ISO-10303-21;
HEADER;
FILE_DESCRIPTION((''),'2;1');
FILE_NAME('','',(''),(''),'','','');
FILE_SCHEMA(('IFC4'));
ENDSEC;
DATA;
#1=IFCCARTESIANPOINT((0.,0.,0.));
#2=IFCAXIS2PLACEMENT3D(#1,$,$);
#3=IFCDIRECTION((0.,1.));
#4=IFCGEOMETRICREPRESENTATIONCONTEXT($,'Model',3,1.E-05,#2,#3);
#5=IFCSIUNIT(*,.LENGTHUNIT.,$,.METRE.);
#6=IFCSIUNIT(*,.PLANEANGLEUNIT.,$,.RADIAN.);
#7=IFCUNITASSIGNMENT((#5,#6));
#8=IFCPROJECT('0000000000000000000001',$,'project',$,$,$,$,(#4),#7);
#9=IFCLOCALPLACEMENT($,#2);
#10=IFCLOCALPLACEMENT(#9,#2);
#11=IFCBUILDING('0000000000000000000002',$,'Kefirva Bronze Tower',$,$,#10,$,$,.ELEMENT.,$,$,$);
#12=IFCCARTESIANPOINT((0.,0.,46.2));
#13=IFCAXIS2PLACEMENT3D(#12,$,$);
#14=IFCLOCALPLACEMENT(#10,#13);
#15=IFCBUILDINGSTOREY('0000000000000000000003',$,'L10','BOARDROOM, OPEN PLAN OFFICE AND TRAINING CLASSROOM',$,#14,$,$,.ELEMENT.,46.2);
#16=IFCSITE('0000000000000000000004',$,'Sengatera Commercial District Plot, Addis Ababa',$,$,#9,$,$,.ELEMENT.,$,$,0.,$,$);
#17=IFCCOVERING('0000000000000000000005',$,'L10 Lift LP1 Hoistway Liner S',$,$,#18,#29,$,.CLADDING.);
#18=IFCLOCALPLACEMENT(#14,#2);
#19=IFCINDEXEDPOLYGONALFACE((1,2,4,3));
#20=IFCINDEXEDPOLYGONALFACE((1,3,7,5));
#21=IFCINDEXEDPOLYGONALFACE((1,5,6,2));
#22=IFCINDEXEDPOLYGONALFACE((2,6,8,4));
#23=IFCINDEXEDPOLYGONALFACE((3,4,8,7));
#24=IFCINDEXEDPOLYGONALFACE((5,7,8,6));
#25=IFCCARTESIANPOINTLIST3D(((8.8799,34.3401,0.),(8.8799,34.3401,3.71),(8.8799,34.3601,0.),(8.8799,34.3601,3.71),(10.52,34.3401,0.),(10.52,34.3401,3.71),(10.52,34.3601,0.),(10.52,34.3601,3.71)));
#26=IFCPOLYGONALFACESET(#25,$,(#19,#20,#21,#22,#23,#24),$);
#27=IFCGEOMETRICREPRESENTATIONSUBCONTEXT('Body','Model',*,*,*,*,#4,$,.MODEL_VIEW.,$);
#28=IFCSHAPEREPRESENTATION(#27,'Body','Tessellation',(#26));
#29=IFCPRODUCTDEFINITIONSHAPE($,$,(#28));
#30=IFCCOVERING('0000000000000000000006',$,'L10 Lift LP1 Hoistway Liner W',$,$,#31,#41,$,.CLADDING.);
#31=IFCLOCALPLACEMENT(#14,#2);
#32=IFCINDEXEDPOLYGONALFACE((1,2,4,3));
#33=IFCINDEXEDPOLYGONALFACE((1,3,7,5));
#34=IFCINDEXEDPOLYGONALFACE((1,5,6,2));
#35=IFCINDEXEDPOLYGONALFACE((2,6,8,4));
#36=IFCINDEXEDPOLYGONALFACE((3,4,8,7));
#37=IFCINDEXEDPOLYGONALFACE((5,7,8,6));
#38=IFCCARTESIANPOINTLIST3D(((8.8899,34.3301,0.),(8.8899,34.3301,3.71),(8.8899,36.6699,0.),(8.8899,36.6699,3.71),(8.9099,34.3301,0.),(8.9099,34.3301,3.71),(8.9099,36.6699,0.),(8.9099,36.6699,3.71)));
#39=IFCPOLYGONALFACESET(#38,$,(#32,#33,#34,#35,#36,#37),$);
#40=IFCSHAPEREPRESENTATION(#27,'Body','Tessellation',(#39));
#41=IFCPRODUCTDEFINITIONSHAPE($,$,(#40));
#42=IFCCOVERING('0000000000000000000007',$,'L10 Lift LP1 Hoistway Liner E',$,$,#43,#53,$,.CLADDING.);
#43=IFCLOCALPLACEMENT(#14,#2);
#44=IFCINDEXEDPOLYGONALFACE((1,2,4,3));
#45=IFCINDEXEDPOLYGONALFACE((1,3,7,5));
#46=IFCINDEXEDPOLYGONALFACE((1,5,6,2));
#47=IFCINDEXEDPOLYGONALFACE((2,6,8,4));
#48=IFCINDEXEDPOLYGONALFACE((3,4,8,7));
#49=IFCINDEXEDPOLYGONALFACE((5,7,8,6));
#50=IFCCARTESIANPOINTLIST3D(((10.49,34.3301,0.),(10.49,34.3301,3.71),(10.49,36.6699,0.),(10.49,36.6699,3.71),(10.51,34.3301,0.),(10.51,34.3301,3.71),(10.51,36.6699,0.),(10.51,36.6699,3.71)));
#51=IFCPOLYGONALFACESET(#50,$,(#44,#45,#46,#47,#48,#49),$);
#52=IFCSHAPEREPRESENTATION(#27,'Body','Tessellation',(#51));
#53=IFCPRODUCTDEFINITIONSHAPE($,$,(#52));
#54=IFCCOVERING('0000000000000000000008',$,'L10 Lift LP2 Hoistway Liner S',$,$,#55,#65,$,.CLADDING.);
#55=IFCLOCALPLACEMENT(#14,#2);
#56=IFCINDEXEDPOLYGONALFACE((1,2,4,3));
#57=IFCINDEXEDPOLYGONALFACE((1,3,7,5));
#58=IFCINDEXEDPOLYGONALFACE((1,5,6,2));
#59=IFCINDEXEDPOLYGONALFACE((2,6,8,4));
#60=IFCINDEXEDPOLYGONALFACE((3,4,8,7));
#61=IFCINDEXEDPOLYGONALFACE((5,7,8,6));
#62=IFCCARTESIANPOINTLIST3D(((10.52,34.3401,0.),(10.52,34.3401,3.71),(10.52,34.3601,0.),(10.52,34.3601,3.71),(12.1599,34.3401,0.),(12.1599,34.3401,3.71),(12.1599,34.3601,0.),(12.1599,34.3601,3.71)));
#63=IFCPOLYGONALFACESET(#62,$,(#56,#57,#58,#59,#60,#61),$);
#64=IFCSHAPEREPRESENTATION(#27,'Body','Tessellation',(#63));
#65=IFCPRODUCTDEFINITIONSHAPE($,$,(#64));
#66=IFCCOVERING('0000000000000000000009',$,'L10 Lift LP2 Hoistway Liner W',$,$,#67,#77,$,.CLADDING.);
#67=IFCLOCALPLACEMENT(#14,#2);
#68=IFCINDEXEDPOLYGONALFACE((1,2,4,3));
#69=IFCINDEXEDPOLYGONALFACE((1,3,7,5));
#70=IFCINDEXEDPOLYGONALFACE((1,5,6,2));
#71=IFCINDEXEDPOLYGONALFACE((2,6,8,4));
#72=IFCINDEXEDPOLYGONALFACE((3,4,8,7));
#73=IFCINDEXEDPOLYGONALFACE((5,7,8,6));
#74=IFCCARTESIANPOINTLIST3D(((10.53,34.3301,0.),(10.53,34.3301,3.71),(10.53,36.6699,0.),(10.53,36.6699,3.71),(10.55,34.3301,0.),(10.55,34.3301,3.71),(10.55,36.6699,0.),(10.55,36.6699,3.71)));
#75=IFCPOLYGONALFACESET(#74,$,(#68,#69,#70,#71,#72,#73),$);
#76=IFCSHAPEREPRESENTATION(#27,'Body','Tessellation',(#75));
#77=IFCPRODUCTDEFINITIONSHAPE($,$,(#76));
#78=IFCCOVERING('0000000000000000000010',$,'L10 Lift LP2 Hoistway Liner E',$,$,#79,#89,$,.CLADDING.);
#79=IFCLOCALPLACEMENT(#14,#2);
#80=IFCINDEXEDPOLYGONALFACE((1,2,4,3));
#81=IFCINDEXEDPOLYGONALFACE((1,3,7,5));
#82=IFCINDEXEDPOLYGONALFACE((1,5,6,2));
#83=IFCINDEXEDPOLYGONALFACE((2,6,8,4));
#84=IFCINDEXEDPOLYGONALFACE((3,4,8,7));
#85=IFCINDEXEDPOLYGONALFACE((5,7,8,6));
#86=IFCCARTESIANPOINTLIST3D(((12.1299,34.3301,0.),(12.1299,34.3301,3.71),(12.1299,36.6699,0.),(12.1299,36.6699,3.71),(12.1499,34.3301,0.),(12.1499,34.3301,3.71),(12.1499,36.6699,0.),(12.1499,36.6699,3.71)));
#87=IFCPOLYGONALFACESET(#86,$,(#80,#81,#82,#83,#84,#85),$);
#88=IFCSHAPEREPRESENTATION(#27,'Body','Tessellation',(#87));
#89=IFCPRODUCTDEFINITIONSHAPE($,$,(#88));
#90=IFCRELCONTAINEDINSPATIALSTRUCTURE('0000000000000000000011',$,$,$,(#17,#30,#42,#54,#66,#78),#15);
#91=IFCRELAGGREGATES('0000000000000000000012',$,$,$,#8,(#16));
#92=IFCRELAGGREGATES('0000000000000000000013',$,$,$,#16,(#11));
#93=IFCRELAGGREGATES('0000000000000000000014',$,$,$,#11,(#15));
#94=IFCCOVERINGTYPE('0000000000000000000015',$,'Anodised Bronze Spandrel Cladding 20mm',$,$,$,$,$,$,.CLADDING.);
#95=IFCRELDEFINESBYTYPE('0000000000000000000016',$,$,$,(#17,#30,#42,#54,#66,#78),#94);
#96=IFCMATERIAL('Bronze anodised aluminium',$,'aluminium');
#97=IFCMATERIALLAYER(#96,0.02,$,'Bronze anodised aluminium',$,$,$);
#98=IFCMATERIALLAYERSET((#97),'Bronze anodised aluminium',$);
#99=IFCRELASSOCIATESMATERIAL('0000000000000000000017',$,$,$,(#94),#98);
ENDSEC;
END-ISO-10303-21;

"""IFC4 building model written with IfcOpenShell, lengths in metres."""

from ifc_helpers import new_model, si_unit, direction, frame, origin, place, context, subcontext, project, spatial, polyline, outline, extrude, material, layer, layer_set, type_object, element, save


model = new_model("IFC4")

# Units and contexts
model_context = context("Model", 3, precision=1e-05, world=origin(), true_north=direction((0.0, 1.0)))
body_context = subcontext(model_context, "Body", "Model", "MODEL_VIEW")
ifc_project = project(units=[si_unit("LENGTHUNIT", "METRE"), si_unit("PLANEANGLEUNIT", "RADIAN")], contexts=[model_context])

# Site, building, storey
site_placement = place(None, origin())
site = spatial("IfcSite", under=ifc_project, at=site_placement, Name="Sengatera Commercial District Plot, Addis Ababa", CompositionType="ELEMENT", RefElevation=0.0)
building_placement = place(site_placement, origin())
building = spatial("IfcBuilding", under=site, at=building_placement, Name="Kefirva Bronze Tower", CompositionType="ELEMENT")
storey_placement = place(building_placement, frame((0.0, 0.0, 46.2)))
storey = spatial("IfcBuildingStorey", under=building, at=storey_placement, Name="L10", Description="BOARDROOM, OPEN PLAN OFFICE AND TRAINING CLASSROOM", CompositionType="ELEMENT", Elevation=46.2)

# Coverings
ifc_material_1 = material(Name="Bronze anodised aluminium", Category="aluminium")
ifc_layer_1 = layer(ifc_material_1, 0.02, Name="Bronze anodised aluminium")
ifc_layer_set_1 = layer_set([ifc_layer_1], Name="Bronze anodised aluminium")
covering_type = type_object("IfcCoveringType", Name="Anodised Bronze Spandrel Cladding 20mm", PredefinedType="CLADDING", material=ifc_layer_set_1)
covering_1_placement = place(storey_placement, origin())
element("IfcCovering", 1, at=covering_1_placement, inside=storey, type_object=covering_type, Name="L10 Lift LP1 Hoistway Liner S", PredefinedType="CLADDING", context=body_context, shape_type="SweptSolid", body=[
    extrude(outline(polyline([(8.8799, 34.3401), (10.52, 34.3401), (10.52, 34.3601), (8.8799, 34.3601), (8.8799, 34.3401)])), origin(), (0.0, 0.0, 1.0), 3.71),
])
covering_2_placement = place(storey_placement, origin())
element("IfcCovering", 2, at=covering_2_placement, inside=storey, type_object=covering_type, Name="L10 Lift LP1 Hoistway Liner W", PredefinedType="CLADDING", context=body_context, shape_type="SweptSolid", body=[
    extrude(outline(polyline([(8.8899, 34.3301), (8.9099, 34.3301), (8.9099, 36.6699), (8.8899, 36.6699), (8.8899, 34.3301)])), origin(), (0.0, 0.0, 1.0), 3.71),
])
covering_3_placement = place(storey_placement, origin())
element("IfcCovering", 3, at=covering_3_placement, inside=storey, type_object=covering_type, Name="L10 Lift LP1 Hoistway Liner E", PredefinedType="CLADDING", context=body_context, shape_type="SweptSolid", body=[
    extrude(outline(polyline([(10.49, 34.3301), (10.51, 34.3301), (10.51, 36.6699), (10.49, 36.6699), (10.49, 34.3301)])), origin(), (0.0, 0.0, 1.0), 3.71),
])
covering_4_placement = place(storey_placement, origin())
element("IfcCovering", 4, at=covering_4_placement, inside=storey, type_object=covering_type, Name="L10 Lift LP2 Hoistway Liner S", PredefinedType="CLADDING", context=body_context, shape_type="SweptSolid", body=[
    extrude(outline(polyline([(10.52, 34.3401), (12.1599, 34.3401), (12.1599, 34.3601), (10.52, 34.3601), (10.52, 34.3401)])), origin(), (0.0, 0.0, 1.0), 3.71),
])
covering_5_placement = place(storey_placement, origin())
element("IfcCovering", 5, at=covering_5_placement, inside=storey, type_object=covering_type, Name="L10 Lift LP2 Hoistway Liner W", PredefinedType="CLADDING", context=body_context, shape_type="SweptSolid", body=[
    extrude(outline(polyline([(10.53, 34.3301), (10.55, 34.3301), (10.55, 36.6699), (10.53, 36.6699), (10.53, 34.3301)])), origin(), (0.0, 0.0, 1.0), 3.71),
])
covering_6_placement = place(storey_placement, origin())
element("IfcCovering", 6, at=covering_6_placement, inside=storey, type_object=covering_type, Name="L10 Lift LP2 Hoistway Liner E", PredefinedType="CLADDING", context=body_context, shape_type="SweptSolid", body=[
    extrude(outline(polyline([(12.1299, 34.3301), (12.1499, 34.3301), (12.1499, 36.6699), (12.1299, 36.6699), (12.1299, 34.3301)])), origin(), (0.0, 0.0, 1.0), 3.71),
])

save(model, "model.ifc")
